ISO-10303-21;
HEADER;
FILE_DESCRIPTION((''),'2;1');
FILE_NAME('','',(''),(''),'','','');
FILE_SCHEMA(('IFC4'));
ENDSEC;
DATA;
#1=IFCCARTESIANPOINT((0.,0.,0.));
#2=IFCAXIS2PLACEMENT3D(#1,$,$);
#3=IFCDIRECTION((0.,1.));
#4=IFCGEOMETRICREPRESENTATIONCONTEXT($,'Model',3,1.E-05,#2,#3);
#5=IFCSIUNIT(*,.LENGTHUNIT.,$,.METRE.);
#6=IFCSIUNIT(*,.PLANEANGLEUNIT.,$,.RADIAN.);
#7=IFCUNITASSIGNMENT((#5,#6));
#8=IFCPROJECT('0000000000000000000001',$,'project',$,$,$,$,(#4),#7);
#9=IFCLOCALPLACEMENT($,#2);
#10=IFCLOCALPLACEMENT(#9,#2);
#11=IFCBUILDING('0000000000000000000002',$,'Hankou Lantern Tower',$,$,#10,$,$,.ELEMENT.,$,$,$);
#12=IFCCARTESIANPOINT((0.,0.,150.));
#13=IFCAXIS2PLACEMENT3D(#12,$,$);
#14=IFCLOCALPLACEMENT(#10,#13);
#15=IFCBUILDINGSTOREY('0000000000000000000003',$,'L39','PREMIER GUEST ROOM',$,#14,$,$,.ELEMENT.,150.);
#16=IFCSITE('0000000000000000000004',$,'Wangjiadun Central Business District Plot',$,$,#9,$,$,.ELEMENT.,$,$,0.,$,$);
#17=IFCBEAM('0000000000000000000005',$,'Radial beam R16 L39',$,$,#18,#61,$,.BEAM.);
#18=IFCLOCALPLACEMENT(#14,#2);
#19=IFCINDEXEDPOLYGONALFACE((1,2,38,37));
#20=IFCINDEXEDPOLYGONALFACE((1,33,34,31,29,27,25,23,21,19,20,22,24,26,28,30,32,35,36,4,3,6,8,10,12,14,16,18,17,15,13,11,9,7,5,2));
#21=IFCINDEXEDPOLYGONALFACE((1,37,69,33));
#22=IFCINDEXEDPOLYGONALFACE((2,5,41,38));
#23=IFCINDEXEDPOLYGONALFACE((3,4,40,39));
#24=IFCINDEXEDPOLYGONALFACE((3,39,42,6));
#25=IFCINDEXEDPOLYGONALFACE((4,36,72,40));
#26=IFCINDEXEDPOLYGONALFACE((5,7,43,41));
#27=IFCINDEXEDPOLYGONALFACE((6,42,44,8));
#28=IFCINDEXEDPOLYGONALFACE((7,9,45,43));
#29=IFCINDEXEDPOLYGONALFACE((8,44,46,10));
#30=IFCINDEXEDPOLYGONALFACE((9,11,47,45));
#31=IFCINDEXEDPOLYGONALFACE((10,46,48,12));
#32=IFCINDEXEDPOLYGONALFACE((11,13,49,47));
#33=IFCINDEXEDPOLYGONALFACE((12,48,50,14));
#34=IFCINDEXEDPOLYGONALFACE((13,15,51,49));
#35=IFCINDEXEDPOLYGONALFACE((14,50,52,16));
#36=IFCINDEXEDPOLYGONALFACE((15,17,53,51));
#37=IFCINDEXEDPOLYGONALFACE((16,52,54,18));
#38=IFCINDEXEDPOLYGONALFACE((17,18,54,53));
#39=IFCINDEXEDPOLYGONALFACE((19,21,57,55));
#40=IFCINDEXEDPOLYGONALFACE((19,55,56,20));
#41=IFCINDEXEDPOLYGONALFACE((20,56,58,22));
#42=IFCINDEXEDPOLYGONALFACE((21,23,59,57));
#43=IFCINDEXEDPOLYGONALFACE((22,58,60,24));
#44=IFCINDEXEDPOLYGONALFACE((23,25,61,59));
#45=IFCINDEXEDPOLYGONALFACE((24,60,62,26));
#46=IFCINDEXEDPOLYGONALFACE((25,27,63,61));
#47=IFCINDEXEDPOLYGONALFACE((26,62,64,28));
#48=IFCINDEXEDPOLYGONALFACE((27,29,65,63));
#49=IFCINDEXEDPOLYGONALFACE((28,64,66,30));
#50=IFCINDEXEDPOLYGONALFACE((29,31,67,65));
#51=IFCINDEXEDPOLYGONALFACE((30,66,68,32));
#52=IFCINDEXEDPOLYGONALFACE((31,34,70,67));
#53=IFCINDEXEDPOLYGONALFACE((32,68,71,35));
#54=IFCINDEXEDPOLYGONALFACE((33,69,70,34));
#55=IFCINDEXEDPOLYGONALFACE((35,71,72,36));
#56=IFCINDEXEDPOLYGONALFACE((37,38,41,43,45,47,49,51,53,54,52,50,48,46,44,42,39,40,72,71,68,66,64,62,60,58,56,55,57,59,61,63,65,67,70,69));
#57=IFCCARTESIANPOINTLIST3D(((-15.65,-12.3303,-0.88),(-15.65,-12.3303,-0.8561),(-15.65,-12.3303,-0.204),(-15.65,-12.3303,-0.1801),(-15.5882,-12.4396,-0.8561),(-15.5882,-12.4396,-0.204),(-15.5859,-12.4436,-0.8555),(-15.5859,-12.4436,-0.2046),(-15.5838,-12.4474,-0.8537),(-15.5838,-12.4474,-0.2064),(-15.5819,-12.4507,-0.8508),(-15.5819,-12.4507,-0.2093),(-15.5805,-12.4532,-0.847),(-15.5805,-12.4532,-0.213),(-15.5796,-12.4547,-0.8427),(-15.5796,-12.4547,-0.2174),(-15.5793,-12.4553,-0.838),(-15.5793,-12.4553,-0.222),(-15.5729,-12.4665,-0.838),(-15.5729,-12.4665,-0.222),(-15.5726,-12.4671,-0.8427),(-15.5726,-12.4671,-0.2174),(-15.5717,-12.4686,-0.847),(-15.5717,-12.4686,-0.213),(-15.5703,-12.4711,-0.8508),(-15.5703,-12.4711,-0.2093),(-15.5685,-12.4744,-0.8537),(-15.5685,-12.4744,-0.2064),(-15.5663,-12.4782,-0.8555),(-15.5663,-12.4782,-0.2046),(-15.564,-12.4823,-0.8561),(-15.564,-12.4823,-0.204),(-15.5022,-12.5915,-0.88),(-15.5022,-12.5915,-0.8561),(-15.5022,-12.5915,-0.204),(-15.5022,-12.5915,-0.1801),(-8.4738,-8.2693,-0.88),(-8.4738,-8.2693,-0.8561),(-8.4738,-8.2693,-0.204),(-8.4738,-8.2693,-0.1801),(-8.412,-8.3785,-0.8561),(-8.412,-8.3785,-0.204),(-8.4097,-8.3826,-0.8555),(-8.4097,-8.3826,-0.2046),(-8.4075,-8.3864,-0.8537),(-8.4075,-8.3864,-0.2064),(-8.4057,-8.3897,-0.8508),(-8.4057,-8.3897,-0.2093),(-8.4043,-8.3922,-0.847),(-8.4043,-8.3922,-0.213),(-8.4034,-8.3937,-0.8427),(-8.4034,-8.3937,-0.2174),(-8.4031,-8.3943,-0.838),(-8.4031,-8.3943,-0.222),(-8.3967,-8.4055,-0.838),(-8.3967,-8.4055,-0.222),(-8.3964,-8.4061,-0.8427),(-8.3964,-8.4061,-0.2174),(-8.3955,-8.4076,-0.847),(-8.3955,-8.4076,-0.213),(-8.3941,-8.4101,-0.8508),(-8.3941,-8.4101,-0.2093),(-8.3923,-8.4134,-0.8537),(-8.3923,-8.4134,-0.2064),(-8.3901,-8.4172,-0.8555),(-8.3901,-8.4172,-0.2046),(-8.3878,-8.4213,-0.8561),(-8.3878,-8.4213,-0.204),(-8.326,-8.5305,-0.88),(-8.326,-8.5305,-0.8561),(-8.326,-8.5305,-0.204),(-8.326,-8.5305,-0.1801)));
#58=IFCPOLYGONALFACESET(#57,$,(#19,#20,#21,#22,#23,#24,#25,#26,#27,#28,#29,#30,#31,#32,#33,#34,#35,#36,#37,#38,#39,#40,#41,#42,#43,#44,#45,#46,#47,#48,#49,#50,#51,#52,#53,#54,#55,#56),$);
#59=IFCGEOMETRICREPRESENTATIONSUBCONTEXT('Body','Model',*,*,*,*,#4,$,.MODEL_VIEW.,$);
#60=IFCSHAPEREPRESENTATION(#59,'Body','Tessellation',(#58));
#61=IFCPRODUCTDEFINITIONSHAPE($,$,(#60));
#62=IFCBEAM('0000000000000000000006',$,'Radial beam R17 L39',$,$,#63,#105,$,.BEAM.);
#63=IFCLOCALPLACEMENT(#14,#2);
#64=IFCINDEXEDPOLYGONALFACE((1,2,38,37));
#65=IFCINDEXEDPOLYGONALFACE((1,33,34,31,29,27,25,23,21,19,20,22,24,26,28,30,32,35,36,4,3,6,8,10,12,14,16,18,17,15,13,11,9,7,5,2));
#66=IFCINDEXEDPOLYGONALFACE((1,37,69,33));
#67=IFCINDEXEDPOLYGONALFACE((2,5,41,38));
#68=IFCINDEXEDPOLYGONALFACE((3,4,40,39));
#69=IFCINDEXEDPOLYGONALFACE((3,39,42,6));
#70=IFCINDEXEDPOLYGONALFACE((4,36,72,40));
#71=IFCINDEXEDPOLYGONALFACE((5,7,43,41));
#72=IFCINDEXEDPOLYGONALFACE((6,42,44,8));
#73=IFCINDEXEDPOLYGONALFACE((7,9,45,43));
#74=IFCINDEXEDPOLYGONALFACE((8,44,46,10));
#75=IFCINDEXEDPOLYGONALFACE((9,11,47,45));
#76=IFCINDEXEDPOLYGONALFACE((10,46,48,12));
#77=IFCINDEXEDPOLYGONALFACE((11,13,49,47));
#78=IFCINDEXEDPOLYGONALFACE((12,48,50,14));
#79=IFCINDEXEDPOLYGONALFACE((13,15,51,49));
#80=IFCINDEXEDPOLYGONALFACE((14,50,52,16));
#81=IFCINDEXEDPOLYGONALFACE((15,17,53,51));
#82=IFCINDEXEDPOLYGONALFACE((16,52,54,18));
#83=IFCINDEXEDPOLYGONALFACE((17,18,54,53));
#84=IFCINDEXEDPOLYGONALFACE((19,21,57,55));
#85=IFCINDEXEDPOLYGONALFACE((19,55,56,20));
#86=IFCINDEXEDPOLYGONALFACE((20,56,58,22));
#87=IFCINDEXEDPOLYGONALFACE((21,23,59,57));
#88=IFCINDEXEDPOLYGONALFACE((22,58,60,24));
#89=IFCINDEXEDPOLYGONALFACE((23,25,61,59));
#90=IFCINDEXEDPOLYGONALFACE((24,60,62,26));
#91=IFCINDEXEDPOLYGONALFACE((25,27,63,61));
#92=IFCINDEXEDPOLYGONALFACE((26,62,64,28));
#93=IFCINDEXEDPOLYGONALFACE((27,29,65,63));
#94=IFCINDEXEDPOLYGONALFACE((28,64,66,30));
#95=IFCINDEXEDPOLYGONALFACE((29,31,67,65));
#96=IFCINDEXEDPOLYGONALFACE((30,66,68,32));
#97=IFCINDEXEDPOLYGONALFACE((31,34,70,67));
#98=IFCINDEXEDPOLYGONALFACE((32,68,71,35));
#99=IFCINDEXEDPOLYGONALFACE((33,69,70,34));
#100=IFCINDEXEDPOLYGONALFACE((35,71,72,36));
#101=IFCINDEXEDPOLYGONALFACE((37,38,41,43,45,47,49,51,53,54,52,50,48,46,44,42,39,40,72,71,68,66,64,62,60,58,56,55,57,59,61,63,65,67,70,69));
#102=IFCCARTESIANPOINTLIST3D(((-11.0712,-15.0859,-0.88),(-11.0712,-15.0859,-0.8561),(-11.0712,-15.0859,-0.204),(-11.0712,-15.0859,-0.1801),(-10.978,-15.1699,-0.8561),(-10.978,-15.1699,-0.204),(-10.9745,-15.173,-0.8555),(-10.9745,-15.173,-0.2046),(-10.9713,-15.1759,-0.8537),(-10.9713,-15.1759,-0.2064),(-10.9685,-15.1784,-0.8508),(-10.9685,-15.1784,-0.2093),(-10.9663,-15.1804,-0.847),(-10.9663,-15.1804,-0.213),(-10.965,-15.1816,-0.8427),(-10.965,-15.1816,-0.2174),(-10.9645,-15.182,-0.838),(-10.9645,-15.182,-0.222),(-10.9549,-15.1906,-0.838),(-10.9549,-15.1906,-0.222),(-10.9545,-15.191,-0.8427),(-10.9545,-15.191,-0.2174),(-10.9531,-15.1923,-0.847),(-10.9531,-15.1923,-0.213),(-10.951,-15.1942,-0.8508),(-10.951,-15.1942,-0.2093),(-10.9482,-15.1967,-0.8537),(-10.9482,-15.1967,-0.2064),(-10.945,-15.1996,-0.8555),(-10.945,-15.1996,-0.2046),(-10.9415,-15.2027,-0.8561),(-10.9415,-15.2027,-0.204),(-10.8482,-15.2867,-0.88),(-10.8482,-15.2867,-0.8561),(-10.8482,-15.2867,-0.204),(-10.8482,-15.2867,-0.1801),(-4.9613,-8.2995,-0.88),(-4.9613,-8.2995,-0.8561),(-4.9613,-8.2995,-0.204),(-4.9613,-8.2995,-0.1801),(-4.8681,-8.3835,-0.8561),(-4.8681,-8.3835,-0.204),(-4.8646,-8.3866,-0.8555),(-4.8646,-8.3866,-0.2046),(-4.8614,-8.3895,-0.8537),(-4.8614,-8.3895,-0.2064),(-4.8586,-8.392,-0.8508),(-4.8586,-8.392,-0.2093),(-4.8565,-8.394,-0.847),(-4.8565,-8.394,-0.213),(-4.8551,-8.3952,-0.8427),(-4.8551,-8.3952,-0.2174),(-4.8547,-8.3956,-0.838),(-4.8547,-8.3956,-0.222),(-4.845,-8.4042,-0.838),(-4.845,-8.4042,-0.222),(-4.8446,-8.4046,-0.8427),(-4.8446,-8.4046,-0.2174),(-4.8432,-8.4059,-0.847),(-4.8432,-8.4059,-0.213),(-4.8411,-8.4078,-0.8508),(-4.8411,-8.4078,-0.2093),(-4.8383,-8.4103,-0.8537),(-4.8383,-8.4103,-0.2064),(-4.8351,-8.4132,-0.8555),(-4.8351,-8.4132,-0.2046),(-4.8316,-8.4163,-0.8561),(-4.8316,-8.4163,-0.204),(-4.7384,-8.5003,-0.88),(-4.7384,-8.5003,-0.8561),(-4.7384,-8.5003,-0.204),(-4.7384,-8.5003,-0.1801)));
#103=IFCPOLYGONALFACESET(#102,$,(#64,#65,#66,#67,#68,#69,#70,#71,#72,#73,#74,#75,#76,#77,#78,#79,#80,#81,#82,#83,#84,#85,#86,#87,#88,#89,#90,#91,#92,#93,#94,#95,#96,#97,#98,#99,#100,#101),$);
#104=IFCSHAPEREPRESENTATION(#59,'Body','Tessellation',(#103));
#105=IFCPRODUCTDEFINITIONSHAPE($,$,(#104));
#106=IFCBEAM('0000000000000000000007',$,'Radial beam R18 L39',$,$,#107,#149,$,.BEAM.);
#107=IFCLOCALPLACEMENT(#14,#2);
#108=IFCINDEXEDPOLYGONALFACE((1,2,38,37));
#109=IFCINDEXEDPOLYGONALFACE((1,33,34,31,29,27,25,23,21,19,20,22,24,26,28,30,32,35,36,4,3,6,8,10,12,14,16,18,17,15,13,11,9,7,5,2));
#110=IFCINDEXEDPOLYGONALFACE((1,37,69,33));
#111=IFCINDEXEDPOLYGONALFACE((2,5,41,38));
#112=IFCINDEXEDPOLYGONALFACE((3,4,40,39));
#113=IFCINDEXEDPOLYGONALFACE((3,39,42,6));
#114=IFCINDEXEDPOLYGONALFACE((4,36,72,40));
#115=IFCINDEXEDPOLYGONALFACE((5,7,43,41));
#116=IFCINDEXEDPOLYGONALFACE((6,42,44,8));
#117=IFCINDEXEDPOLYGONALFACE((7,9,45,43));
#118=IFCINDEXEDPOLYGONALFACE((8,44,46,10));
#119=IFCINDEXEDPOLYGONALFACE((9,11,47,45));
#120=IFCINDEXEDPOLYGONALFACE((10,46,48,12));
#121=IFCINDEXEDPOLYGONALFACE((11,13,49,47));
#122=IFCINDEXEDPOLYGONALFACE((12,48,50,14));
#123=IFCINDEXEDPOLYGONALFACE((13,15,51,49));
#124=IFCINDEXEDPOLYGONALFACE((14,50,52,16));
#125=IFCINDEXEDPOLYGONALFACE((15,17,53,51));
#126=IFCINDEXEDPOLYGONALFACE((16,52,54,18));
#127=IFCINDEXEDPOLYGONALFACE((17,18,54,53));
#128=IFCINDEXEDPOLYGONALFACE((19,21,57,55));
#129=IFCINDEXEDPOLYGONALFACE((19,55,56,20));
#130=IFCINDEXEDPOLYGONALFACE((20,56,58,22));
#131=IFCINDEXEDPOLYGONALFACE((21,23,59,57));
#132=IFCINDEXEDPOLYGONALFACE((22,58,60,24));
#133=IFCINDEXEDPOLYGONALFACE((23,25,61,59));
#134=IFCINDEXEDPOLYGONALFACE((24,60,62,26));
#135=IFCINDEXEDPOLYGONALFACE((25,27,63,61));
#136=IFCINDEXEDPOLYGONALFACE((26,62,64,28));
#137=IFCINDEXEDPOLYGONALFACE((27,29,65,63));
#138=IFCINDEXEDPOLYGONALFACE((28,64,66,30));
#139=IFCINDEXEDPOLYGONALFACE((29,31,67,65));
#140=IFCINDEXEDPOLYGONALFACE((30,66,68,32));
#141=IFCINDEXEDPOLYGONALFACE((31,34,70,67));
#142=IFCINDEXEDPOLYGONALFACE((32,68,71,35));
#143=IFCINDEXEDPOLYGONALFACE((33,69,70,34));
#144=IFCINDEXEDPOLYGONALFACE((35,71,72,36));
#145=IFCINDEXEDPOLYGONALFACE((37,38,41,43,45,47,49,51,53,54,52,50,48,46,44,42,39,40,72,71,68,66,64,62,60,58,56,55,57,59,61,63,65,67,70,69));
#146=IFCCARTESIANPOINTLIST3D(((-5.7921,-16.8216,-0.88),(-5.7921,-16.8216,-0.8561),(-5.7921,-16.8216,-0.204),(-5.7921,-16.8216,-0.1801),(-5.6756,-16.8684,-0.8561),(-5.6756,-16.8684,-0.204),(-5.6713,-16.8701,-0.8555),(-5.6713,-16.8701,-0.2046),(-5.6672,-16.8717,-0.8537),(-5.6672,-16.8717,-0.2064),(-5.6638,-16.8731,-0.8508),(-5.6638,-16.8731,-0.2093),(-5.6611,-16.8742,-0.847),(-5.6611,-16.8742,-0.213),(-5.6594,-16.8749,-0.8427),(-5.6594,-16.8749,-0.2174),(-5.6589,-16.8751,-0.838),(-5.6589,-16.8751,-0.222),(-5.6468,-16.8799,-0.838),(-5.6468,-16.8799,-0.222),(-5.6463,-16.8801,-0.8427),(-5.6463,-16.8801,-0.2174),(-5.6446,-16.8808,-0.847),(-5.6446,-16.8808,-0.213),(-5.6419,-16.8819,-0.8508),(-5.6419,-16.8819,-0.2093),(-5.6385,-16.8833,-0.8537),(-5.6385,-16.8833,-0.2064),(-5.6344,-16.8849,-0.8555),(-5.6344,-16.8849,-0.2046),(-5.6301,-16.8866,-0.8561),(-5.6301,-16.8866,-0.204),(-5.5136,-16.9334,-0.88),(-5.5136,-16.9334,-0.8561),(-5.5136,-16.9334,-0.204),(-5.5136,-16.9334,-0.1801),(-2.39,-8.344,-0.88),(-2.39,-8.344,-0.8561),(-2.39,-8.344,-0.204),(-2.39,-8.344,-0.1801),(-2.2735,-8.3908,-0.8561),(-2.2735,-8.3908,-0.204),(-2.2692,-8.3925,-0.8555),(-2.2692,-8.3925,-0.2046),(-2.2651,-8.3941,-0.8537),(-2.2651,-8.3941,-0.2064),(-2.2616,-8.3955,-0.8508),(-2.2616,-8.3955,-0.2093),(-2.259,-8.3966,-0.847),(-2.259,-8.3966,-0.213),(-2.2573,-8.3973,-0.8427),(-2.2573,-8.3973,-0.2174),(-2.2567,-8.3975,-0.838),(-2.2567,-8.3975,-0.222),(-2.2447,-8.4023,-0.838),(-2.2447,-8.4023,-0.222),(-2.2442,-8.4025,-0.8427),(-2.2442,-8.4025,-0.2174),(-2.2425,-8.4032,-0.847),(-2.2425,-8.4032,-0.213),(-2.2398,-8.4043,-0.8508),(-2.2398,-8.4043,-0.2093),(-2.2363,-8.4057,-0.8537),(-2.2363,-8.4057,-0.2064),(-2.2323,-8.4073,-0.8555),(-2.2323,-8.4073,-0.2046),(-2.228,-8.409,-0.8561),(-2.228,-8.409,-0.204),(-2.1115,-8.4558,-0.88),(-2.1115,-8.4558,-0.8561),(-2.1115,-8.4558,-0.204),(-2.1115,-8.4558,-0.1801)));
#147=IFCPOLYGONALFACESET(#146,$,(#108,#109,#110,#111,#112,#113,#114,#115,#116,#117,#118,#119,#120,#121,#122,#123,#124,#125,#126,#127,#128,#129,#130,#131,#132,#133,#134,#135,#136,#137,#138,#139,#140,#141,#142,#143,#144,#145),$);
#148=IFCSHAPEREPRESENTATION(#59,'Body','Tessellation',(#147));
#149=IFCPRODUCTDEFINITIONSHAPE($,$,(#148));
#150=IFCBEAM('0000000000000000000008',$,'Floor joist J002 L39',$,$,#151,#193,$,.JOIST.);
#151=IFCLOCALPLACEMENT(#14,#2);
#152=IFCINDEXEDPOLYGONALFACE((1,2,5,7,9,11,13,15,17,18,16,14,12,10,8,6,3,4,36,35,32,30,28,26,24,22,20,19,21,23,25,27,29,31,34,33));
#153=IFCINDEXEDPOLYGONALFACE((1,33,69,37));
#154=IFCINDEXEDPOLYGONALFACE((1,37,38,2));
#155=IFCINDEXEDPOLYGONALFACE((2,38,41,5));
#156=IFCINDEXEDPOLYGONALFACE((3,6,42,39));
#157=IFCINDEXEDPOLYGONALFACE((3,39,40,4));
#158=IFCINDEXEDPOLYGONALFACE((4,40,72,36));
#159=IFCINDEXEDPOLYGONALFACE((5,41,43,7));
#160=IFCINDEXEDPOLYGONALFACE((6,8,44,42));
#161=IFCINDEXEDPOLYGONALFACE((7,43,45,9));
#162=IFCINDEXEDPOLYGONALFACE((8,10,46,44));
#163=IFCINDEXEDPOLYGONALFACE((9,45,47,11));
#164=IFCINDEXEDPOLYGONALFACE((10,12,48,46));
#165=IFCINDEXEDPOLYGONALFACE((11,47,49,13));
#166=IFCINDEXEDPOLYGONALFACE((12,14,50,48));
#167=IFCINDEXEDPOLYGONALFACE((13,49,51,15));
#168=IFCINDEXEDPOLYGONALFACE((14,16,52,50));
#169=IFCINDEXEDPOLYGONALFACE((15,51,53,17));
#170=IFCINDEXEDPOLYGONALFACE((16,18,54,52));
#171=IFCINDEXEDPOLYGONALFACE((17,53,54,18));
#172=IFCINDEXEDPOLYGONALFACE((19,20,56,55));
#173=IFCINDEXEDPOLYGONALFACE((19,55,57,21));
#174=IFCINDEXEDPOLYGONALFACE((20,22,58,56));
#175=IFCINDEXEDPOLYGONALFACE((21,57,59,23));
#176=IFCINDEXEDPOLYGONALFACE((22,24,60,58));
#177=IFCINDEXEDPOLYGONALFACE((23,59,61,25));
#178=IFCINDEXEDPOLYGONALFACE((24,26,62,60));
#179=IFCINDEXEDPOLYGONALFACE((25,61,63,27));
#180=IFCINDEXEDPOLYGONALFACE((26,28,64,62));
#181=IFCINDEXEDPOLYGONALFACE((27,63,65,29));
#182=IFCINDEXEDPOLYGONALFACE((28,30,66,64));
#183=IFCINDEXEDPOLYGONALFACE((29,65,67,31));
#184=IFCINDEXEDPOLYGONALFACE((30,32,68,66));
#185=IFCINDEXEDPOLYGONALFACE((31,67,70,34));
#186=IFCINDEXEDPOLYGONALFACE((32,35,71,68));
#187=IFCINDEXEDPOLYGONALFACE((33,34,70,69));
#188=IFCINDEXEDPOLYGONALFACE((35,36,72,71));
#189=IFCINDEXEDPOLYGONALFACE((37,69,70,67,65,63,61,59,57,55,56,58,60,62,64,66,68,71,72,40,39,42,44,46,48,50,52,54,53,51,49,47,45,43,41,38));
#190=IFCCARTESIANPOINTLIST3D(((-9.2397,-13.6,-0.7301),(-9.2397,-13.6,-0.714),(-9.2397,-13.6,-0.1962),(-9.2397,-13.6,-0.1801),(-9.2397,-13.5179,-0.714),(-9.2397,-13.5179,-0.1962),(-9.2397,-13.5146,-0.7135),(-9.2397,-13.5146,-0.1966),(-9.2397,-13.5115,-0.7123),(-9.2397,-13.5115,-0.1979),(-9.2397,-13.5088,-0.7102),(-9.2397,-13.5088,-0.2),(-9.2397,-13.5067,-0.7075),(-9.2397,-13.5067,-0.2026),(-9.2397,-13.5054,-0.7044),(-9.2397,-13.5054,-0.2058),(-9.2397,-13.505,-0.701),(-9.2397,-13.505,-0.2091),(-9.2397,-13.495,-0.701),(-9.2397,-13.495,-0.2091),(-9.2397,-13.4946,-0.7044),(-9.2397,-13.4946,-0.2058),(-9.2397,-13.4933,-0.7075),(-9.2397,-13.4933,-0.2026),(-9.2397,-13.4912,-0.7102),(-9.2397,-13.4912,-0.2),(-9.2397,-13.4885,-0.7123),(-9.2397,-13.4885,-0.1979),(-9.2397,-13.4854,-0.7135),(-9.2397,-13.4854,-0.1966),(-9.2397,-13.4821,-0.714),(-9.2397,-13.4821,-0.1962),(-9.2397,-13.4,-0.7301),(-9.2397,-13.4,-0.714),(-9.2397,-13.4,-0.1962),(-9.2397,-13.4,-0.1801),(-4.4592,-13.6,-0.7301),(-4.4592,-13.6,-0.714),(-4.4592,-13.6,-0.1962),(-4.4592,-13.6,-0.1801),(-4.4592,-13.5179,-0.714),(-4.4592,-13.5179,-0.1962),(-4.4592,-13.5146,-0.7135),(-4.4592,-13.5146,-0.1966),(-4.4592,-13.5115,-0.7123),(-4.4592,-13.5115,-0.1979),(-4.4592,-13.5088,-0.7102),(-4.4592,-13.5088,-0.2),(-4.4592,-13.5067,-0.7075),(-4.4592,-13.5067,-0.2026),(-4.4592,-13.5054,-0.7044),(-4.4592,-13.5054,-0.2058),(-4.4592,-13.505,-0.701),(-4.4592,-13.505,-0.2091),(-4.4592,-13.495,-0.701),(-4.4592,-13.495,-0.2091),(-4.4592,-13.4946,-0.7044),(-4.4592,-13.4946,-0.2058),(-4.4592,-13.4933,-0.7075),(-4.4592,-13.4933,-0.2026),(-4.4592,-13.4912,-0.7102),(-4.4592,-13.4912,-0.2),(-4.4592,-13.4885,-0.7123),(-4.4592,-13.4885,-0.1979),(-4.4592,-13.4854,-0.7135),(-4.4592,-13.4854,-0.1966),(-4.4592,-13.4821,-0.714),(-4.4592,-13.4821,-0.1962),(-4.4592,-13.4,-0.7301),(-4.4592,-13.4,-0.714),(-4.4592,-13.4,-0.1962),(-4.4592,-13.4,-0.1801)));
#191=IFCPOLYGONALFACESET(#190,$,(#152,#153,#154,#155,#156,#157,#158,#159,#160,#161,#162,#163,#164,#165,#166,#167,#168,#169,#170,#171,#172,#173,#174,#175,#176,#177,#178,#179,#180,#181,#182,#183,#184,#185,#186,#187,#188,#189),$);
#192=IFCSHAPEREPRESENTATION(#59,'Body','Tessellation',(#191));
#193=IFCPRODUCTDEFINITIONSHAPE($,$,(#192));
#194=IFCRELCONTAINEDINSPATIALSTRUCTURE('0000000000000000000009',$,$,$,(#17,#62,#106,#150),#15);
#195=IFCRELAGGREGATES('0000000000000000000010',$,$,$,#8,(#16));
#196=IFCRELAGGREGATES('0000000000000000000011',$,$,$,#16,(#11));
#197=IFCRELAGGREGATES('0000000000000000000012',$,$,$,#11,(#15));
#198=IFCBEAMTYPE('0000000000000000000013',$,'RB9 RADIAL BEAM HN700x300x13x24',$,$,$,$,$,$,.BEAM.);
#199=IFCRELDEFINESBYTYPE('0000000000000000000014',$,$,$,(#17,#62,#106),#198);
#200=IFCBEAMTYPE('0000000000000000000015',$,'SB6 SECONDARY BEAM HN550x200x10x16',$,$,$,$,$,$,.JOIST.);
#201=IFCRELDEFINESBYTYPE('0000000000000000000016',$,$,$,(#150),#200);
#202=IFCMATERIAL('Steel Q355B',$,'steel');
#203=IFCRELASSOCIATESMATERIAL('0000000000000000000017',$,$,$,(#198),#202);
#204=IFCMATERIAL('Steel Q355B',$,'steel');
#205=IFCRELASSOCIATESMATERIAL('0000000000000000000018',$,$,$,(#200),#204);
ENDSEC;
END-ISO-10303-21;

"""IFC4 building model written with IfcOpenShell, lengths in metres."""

from ifc_helpers import new_model, si_unit, direction, frame, origin, origin_2d, place, context, subcontext, project, spatial, i_section, extrude, material, material_profile, profile_set, type_object, element, save


model = new_model("IFC4")

# Units and contexts
model_context = context("Model", 3, precision=1e-05, world=origin(), true_north=direction((0.0, 1.0)))
body_context = subcontext(model_context, "Body", "Model", "MODEL_VIEW")
ifc_project = project(units=[si_unit("LENGTHUNIT", "METRE"), si_unit("PLANEANGLEUNIT", "RADIAN")], contexts=[model_context])

# Site, building, storey
site_placement = place(None, origin())
site = spatial("IfcSite", under=ifc_project, at=site_placement, Name="Wangjiadun Central Business District Plot", CompositionType="ELEMENT", RefElevation=0.0)
building_placement = place(site_placement, origin())
building = spatial("IfcBuilding", under=site, at=building_placement, Name="Hankou Lantern Tower", CompositionType="ELEMENT")
storey_placement = place(building_placement, frame((0.0, 0.0, 150.0)))
storey = spatial("IfcBuildingStorey", under=building, at=storey_placement, Name="L39", Description="PREMIER GUEST ROOM", CompositionType="ELEMENT", Elevation=150.0)

# Beams
ifc_material_1 = material(Name="Steel Q355B", Category="steel")
ifc_material_profile_1 = material_profile(ifc_material_1, i_section(OverallWidth=0.3, OverallDepth=0.7, WebThickness=0.0129, FlangeThickness=0.0239, FilletRadius=0.0181, at=origin_2d()), Name="HN700x300x13x24")
ifc_profile_set_1 = profile_set([ifc_material_profile_1], Name="Steel Q355B")
beam_type_1 = type_object("IfcBeamType", Name="RB9 RADIAL BEAM HN700x300x13x24", PredefinedType="BEAM", material=ifc_profile_set_1)
beam_1_placement = place(storey_placement, frame((-8.3999, -8.3999, -0.53), z_axis=(-0.870309, -0.492506, 0.0), x_axis=(0.492506, -0.870309, 0.0)))
element("IfcBeam", 1, at=beam_1_placement, inside=storey, type_object=beam_type_1, Name="Radial beam R16 L39", PredefinedType="BEAM", context=body_context, shape_type="SweptSolid", body=[
    extrude(i_section(OverallWidth=0.3, OverallDepth=0.7, WebThickness=0.0129, FlangeThickness=0.0239, FilletRadius=0.0181, at=origin_2d()), origin(), (0.0, 0.0, 1.0), 8.2456),
])
beam_2_placement = place(storey_placement, frame((-4.8499, -8.3999, -0.53), z_axis=(-0.669093, -0.743178, 0.0), x_axis=(0.743178, -0.669093, 0.0)))
element("IfcBeam", 2, at=beam_2_placement, inside=storey, type_object=beam_type_1, Name="Radial beam R17 L39", PredefinedType="BEAM", context=body_context, shape_type="SweptSolid", body=[
    extrude(i_section(OverallWidth=0.3, OverallDepth=0.7, WebThickness=0.0129, FlangeThickness=0.0239, FilletRadius=0.0181, at=origin_2d()), origin(), (0.0, 0.0, 1.0), 9.1316),
])
beam_3_placement = place(storey_placement, frame((-2.2507, -8.3999, -0.53), z_axis=(-0.372436, -0.928058, 0.0), x_axis=(0.928058, -0.372436, 0.0)))
element("IfcBeam", 3, at=beam_3_placement, inside=storey, type_object=beam_type_1, Name="Radial beam R18 L39", PredefinedType="BEAM", context=body_context, shape_type="SweptSolid", body=[
    extrude(i_section(OverallWidth=0.3, OverallDepth=0.7, WebThickness=0.0129, FlangeThickness=0.0239, FilletRadius=0.0181, at=origin_2d()), origin(), (0.0, 0.0, 1.0), 9.1348),
])
ifc_material_2 = material(Name="Steel Q355B", Category="steel")
ifc_material_profile_2 = material_profile(ifc_material_2, i_section(OverallWidth=0.2, OverallDepth=0.55, WebThickness=0.01, FlangeThickness=0.0161, FilletRadius=0.0129, at=origin_2d()), Name="HN550x200x10x16")
ifc_profile_set_2 = profile_set([ifc_material_profile_2], Name="Steel Q355B")
beam_type_2 = type_object("IfcBeamType", Name="SB6 SECONDARY BEAM HN550x200x10x16", PredefinedType="JOIST", material=ifc_profile_set_2)
beam_4_placement = place(storey_placement, frame((-9.2397, -13.5, -0.4551), z_axis=(1.0, 0.0, 0.0), x_axis=(0.0, 1.0, 0.0)))
element("IfcBeam", 4, at=beam_4_placement, inside=storey, type_object=beam_type_2, Name="Floor joist J002 L39", PredefinedType="JOIST", context=body_context, shape_type="SweptSolid", body=[
    extrude(i_section(OverallWidth=0.2, OverallDepth=0.55, WebThickness=0.01, FlangeThickness=0.0161, FilletRadius=0.0129, at=origin_2d()), origin(), (0.0, 0.0, 1.0), 4.7805),
])

save(model, "model.ifc")
